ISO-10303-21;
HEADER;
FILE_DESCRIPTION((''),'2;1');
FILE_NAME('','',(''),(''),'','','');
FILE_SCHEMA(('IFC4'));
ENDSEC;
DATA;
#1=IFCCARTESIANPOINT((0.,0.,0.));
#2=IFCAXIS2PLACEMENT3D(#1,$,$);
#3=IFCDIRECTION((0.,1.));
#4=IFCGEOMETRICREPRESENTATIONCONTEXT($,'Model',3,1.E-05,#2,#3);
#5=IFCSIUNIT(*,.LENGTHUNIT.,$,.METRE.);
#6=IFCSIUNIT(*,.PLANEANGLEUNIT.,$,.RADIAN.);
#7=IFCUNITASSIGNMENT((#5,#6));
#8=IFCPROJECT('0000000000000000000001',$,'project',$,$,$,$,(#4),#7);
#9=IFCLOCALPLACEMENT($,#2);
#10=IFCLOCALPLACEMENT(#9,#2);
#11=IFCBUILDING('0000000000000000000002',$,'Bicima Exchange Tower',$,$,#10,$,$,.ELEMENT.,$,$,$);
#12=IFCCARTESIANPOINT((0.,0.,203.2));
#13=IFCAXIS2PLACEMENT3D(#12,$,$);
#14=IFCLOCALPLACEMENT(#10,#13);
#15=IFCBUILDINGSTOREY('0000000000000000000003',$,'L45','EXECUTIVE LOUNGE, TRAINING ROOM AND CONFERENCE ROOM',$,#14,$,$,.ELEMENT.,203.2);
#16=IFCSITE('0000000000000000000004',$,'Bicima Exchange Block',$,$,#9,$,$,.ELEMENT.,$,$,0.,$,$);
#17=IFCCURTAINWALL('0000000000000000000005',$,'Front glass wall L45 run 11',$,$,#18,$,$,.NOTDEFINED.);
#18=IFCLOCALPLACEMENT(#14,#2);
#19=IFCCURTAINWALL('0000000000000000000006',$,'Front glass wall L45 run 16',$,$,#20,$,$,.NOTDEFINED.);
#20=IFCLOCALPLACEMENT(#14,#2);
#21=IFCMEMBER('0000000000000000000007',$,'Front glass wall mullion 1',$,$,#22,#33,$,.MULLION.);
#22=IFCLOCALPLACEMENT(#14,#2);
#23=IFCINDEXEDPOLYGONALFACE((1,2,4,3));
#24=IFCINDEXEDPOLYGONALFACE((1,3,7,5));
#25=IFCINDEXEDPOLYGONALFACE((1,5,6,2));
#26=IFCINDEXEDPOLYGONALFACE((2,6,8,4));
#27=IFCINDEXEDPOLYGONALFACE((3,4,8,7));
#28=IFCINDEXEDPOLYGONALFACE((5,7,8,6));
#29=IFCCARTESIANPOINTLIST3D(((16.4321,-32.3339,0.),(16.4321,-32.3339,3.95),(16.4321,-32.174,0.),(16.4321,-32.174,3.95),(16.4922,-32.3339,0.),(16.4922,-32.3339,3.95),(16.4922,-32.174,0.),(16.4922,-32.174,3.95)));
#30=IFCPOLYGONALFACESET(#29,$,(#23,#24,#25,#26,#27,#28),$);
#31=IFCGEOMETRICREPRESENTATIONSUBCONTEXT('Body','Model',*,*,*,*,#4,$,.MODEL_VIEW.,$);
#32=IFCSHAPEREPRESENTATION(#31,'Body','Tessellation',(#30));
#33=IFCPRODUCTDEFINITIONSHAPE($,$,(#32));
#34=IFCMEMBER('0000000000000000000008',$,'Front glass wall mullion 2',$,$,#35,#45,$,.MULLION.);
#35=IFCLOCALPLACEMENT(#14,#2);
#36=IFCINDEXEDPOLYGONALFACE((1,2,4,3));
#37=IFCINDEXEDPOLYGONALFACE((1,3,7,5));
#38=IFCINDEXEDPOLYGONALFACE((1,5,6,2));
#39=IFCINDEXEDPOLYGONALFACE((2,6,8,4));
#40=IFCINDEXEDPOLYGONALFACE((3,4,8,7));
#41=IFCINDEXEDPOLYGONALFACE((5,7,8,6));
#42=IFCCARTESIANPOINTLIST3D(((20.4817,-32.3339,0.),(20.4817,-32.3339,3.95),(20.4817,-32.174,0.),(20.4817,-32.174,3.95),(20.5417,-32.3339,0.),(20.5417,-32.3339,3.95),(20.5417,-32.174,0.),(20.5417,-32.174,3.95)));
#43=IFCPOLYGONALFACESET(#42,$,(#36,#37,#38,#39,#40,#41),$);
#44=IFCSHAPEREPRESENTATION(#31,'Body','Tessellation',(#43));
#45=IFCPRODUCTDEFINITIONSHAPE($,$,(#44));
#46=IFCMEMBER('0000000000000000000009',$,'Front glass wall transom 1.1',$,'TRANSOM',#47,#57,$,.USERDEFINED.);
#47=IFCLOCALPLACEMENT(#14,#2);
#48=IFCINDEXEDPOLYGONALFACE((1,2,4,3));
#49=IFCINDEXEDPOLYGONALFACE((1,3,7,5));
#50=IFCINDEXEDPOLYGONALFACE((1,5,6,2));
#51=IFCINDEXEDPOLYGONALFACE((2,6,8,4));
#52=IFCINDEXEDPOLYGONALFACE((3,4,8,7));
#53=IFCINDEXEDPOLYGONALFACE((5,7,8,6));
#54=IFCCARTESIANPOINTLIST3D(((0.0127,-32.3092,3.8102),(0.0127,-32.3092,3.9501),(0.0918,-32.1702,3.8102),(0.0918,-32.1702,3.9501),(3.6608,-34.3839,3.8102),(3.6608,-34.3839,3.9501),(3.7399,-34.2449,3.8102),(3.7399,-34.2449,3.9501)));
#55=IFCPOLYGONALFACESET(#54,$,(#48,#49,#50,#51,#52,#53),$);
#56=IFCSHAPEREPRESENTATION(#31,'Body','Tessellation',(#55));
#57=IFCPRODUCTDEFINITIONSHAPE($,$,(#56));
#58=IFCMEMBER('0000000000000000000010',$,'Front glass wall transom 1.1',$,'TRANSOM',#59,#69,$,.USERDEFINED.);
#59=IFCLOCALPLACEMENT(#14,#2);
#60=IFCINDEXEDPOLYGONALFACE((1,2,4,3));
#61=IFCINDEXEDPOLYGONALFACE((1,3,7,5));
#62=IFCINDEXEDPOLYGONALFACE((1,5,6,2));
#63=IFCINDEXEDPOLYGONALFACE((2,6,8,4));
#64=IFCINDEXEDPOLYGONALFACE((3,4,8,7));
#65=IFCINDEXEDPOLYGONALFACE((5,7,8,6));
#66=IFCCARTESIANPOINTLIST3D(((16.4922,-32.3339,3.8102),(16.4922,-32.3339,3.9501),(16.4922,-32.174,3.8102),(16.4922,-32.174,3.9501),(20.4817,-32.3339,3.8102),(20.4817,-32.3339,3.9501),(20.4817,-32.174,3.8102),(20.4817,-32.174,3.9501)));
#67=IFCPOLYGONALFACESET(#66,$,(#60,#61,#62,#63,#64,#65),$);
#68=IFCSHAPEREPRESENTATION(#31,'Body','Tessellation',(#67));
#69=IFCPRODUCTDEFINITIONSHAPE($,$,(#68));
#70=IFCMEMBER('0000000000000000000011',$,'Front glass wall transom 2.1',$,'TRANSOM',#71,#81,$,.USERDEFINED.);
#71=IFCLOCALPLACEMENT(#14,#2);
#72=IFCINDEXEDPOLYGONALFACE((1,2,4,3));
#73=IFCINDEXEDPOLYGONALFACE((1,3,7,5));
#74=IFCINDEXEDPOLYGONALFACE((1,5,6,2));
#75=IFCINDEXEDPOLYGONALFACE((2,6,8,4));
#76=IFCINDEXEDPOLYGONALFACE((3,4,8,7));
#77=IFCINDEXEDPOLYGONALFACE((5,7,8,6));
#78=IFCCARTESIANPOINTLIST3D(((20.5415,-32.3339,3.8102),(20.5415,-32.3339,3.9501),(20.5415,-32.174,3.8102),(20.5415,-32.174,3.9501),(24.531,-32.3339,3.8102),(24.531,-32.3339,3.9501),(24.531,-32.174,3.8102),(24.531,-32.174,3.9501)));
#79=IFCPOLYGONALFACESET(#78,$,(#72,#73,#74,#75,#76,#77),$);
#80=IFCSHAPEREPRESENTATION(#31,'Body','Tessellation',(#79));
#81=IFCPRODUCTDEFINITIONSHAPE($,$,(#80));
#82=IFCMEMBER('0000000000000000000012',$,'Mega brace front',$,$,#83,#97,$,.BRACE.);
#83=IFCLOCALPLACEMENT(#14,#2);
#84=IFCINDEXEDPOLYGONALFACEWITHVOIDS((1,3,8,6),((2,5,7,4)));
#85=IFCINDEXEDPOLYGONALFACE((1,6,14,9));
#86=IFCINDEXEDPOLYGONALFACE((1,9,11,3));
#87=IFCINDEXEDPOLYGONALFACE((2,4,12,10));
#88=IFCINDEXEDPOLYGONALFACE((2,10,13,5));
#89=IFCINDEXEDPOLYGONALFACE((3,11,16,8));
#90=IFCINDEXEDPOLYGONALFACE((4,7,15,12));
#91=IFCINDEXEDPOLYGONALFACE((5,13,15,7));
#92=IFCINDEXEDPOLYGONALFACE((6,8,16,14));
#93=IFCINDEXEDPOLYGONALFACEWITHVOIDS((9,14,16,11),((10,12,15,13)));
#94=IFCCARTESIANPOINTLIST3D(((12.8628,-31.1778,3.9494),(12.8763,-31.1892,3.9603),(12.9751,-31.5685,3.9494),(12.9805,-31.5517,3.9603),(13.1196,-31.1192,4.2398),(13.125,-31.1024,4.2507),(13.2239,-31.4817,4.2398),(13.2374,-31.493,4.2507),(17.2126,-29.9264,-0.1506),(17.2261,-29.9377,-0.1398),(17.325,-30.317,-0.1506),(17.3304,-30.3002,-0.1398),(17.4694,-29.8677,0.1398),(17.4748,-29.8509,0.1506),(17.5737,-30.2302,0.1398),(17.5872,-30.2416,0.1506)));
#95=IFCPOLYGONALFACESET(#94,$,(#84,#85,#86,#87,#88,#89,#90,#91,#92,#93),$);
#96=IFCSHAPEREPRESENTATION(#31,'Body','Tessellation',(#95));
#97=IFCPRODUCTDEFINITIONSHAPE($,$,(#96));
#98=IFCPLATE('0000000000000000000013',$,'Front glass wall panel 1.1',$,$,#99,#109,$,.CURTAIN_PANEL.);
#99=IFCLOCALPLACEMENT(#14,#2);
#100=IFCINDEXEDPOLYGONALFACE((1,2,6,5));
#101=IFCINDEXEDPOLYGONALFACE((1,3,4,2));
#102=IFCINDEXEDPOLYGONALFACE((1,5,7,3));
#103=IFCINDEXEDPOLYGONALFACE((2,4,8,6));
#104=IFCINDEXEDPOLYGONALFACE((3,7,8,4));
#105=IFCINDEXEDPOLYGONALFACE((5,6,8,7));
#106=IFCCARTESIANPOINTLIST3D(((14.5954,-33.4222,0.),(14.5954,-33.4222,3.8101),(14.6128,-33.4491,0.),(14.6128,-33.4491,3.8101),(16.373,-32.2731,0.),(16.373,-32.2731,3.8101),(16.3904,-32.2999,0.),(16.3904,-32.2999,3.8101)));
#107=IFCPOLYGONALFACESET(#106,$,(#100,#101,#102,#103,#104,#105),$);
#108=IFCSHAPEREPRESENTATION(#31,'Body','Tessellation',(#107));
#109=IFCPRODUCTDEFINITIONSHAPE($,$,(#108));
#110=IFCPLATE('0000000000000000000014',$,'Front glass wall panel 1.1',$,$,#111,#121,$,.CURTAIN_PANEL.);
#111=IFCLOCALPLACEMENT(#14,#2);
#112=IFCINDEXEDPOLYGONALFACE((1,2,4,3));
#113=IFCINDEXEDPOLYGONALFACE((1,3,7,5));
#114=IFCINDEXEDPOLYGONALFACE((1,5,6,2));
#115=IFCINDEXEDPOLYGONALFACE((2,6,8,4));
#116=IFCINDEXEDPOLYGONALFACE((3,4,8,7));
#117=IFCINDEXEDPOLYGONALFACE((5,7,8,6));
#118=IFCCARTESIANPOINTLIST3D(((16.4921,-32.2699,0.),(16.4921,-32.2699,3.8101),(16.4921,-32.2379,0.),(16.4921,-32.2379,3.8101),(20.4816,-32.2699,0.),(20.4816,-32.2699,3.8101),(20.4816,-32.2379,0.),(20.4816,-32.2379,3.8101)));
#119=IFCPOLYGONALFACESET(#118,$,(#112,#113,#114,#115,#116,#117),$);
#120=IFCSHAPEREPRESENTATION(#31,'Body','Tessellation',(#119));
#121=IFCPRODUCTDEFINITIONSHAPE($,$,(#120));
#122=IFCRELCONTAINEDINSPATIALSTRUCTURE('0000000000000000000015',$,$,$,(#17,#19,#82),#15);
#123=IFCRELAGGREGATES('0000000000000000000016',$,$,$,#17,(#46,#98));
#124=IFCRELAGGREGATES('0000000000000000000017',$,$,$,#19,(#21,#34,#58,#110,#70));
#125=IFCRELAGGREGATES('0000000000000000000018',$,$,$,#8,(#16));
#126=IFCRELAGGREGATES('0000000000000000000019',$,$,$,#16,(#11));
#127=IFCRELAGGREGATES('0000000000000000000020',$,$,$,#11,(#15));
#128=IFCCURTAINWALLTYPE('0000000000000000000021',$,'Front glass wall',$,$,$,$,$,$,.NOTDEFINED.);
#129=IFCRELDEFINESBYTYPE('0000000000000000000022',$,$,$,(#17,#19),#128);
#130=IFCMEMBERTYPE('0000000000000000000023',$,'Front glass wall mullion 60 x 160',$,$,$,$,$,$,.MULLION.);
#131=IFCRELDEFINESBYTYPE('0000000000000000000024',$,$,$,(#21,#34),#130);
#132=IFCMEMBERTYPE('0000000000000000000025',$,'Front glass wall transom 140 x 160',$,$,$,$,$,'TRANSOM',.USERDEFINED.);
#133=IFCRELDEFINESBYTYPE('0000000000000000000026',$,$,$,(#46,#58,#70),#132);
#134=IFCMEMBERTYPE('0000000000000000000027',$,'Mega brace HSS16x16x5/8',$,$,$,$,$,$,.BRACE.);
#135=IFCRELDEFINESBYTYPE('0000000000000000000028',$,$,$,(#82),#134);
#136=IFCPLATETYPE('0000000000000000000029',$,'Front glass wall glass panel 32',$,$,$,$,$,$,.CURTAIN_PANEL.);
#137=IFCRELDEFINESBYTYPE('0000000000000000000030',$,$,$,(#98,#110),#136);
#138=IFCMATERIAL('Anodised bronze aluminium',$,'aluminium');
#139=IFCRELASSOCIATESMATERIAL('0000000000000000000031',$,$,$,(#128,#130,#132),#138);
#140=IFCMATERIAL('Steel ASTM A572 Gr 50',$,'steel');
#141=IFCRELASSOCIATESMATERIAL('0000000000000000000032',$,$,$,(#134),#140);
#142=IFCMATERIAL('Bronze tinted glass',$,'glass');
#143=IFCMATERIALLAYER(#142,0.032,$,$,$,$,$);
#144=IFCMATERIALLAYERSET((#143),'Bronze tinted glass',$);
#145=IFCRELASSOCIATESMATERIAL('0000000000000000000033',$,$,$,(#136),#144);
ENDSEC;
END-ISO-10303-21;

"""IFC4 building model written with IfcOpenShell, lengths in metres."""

from ifc_helpers import new_model, si_unit, direction, frame, origin, origin_2d, place, context, subcontext, project, spatial, rectangle, hollow_rectangle, extrude, material, layer, layer_set, material_profile, profile_set, type_object, element, aggregate, save


model = new_model("IFC4")

# Units and contexts
model_context = context("Model", 3, precision=1e-05, world=origin(), true_north=direction((0.0, 1.0)))
body_context = subcontext(model_context, "Body", "Model", "MODEL_VIEW")
ifc_project = project(units=[si_unit("LENGTHUNIT", "METRE"), si_unit("PLANEANGLEUNIT", "RADIAN")], contexts=[model_context])

# Site, building, storey
site_placement = place(None, origin())
site = spatial("IfcSite", under=ifc_project, at=site_placement, Name="Bicima Exchange Block", CompositionType="ELEMENT", RefElevation=0.0)
building_placement = place(site_placement, origin())
building = spatial("IfcBuilding", under=site, at=building_placement, Name="Bicima Exchange Tower", CompositionType="ELEMENT")
storey_placement = place(building_placement, frame((0.0, 0.0, 203.2)))
storey = spatial("IfcBuildingStorey", under=building, at=storey_placement, Name="L45", Description="EXECUTIVE LOUNGE, TRAINING ROOM AND CONFERENCE ROOM", CompositionType="ELEMENT", Elevation=203.2)

# Curtain walls, members
ifc_material_1 = material(Name="Anodised bronze aluminium", Category="aluminium")
curtain_wall_type = type_object("IfcCurtainWallType", Name="Front glass wall", PredefinedType="NOTDEFINED", material=ifc_material_1)
curtain_wall_1_placement = place(storey_placement, origin())
curtain_wall_1 = element("IfcCurtainWall", 1, at=curtain_wall_1_placement, inside=storey, type_object=curtain_wall_type, Name="Front glass wall L45 run 11", PredefinedType="NOTDEFINED")
ifc_material_profile_1 = material_profile(ifc_material_1, rectangle(XDim=0.1599, YDim=0.0601, at=origin_2d()))
ifc_profile_set_1 = profile_set([ifc_material_profile_1], Name="Anodised bronze aluminium")
member_type_1 = type_object("IfcMemberType", Name="Front glass wall mullion 60 x 160", PredefinedType="MULLION", material=ifc_profile_set_1)
curtain_wall_2_placement = place(storey_placement, origin())
curtain_wall_2 = element("IfcCurtainWall", 2, at=curtain_wall_2_placement, inside=storey, type_object=curtain_wall_type, Name="Front glass wall L45 run 16", PredefinedType="NOTDEFINED")
member_1_placement = place(storey_placement, frame((16.4622, -32.2539, 0.0), z_axis=(0.0, 0.0, 1.0), x_axis=(0.0, 1.0, 0.0)))
member_1 = element("IfcMember", 3, at=member_1_placement, type_object=member_type_1, Name="Front glass wall mullion 1", PredefinedType="MULLION", context=body_context, shape_type="SweptSolid", body=[
    extrude(rectangle(XDim=0.1599, YDim=0.0601, at=origin_2d()), origin(), (0.0, 0.0, 1.0), 3.95),
])
member_2_placement = place(storey_placement, frame((20.5117, -32.2539, 0.0), z_axis=(0.0, 0.0, 1.0), x_axis=(0.0, 1.0, 0.0)))
member_2 = element("IfcMember", 4, at=member_2_placement, type_object=member_type_1, Name="Front glass wall mullion 2", PredefinedType="MULLION", context=body_context, shape_type="SweptSolid", body=[
    extrude(rectangle(XDim=0.1599, YDim=0.0601, at=origin_2d()), origin(), (0.0, 0.0, 1.0), 3.95),
])

# Members
ifc_material_profile_2 = material_profile(ifc_material_1, rectangle(XDim=0.1599, YDim=0.1399, at=origin_2d()))
ifc_profile_set_2 = profile_set([ifc_material_profile_2], Name="Anodised bronze aluminium")
member_type_2 = type_object("IfcMemberType", Name="Front glass wall transom 140 x 160", ElementType="TRANSOM", PredefinedType="USERDEFINED", material=ifc_profile_set_2)
member_3_placement = place(storey_placement, frame((0.0522, -32.2397, 3.8801), z_axis=(0.869265, -0.494346, 0.0), x_axis=(0.494346, 0.869265, 0.0)))
member_3 = element("IfcMember", 5, at=member_3_placement, type_object=member_type_2, Name="Front glass wall transom 1.1", ObjectType="TRANSOM", PredefinedType="USERDEFINED", context=body_context, shape_type="SweptSolid", body=[
    extrude(rectangle(XDim=0.1599, YDim=0.1399, at=origin_2d()), origin(), (0.0, 0.0, 1.0), 4.1968),
])
member_4_placement = place(storey_placement, frame((16.4922, -32.2539, 3.8801), z_axis=(1.0, 0.0, 0.0), x_axis=(0.0, 1.0, 0.0)))
member_4 = element("IfcMember", 6, at=member_4_placement, type_object=member_type_2, Name="Front glass wall transom 1.1", ObjectType="TRANSOM", PredefinedType="USERDEFINED", context=body_context, shape_type="SweptSolid", body=[
    extrude(rectangle(XDim=0.1599, YDim=0.1399, at=origin_2d()), origin(), (0.0, 0.0, 1.0), 3.9895),
])
member_5_placement = place(storey_placement, frame((20.5415, -32.2539, 3.8801), z_axis=(1.0, 0.0, 0.0), x_axis=(0.0, 1.0, 0.0)))
member_5 = element("IfcMember", 7, at=member_5_placement, type_object=member_type_2, Name="Front glass wall transom 2.1", ObjectType="TRANSOM", PredefinedType="USERDEFINED", context=body_context, shape_type="SweptSolid", body=[
    extrude(rectangle(XDim=0.1599, YDim=0.1399, at=origin_2d()), origin(), (0.0, 0.0, 1.0), 3.9895),
])
ifc_material_2 = material(Name="Steel ASTM A572 Gr 50", Category="steel")
ifc_material_profile_3 = material_profile(ifc_material_2, hollow_rectangle(XDim=0.4065, YDim=0.4065, WallThickness=0.0146, at=origin_2d()))
ifc_profile_set_3 = profile_set([ifc_material_profile_3], Name="Steel ASTM A572 Gr 50")
member_type_3 = type_object("IfcMemberType", Name="Mega brace HSS16x16x5/8", PredefinedType="BRACE", material=ifc_profile_set_3)
member_6_placement = place(storey_placement, frame((17.3999, -30.084, 0.0), z_axis=(-0.712247, -0.204915, 0.671352), x_axis=(0.276487, -0.961018, 0.0)))
element("IfcMember", 8, at=member_6_placement, inside=storey, type_object=member_type_3, Name="Mega brace front", PredefinedType="BRACE", context=body_context, shape_type="SweptSolid", body=[
    extrude(hollow_rectangle(XDim=0.4065, YDim=0.4065, WallThickness=0.0146, at=origin_2d()), origin(), (0.0, 0.0, 1.0), 6.1072),
])

# Plates
ifc_material_3 = material(Name="Bronze tinted glass", Category="glass")
ifc_layer_1 = layer(ifc_material_3, 0.032)
ifc_layer_set_1 = layer_set([ifc_layer_1], Name="Bronze tinted glass")
plate_type = type_object("IfcPlateType", Name="Front glass wall glass panel 32", PredefinedType="CURTAIN_PANEL", material=ifc_layer_set_1)
plate_1_placement = place(storey_placement, frame((15.4929, -32.8611, 0.0), z_axis=(0.0, 0.0, 1.0), x_axis=(0.839791, 0.542909, 0.0)))
plate_1 = element("IfcPlate", 9, at=plate_1_placement, type_object=plate_type, Name="Front glass wall panel 1.1", PredefinedType="CURTAIN_PANEL", context=body_context, shape_type="SweptSolid", body=[
    extrude(rectangle(XDim=2.1167, YDim=0.032, at=origin_2d()), origin(), (0.0, 0.0, 1.0), 3.8101),
])
aggregate(curtain_wall_1, [member_3, plate_1])
plate_2_placement = place(storey_placement, frame((18.4868, -32.2539, 0.0), z_axis=(0.0, 0.0, 1.0), x_axis=(1.0, 0.0, 0.0)))
plate_2 = element("IfcPlate", 10, at=plate_2_placement, type_object=plate_type, Name="Front glass wall panel 1.1", PredefinedType="CURTAIN_PANEL", context=body_context, shape_type="SweptSolid", body=[
    extrude(rectangle(XDim=3.9895, YDim=0.032, at=origin_2d()), origin(), (0.0, 0.0, 1.0), 3.8101),
])
aggregate(curtain_wall_2, [member_1, member_2, member_4, plate_2, member_5])

save(model, "model.ifc")
